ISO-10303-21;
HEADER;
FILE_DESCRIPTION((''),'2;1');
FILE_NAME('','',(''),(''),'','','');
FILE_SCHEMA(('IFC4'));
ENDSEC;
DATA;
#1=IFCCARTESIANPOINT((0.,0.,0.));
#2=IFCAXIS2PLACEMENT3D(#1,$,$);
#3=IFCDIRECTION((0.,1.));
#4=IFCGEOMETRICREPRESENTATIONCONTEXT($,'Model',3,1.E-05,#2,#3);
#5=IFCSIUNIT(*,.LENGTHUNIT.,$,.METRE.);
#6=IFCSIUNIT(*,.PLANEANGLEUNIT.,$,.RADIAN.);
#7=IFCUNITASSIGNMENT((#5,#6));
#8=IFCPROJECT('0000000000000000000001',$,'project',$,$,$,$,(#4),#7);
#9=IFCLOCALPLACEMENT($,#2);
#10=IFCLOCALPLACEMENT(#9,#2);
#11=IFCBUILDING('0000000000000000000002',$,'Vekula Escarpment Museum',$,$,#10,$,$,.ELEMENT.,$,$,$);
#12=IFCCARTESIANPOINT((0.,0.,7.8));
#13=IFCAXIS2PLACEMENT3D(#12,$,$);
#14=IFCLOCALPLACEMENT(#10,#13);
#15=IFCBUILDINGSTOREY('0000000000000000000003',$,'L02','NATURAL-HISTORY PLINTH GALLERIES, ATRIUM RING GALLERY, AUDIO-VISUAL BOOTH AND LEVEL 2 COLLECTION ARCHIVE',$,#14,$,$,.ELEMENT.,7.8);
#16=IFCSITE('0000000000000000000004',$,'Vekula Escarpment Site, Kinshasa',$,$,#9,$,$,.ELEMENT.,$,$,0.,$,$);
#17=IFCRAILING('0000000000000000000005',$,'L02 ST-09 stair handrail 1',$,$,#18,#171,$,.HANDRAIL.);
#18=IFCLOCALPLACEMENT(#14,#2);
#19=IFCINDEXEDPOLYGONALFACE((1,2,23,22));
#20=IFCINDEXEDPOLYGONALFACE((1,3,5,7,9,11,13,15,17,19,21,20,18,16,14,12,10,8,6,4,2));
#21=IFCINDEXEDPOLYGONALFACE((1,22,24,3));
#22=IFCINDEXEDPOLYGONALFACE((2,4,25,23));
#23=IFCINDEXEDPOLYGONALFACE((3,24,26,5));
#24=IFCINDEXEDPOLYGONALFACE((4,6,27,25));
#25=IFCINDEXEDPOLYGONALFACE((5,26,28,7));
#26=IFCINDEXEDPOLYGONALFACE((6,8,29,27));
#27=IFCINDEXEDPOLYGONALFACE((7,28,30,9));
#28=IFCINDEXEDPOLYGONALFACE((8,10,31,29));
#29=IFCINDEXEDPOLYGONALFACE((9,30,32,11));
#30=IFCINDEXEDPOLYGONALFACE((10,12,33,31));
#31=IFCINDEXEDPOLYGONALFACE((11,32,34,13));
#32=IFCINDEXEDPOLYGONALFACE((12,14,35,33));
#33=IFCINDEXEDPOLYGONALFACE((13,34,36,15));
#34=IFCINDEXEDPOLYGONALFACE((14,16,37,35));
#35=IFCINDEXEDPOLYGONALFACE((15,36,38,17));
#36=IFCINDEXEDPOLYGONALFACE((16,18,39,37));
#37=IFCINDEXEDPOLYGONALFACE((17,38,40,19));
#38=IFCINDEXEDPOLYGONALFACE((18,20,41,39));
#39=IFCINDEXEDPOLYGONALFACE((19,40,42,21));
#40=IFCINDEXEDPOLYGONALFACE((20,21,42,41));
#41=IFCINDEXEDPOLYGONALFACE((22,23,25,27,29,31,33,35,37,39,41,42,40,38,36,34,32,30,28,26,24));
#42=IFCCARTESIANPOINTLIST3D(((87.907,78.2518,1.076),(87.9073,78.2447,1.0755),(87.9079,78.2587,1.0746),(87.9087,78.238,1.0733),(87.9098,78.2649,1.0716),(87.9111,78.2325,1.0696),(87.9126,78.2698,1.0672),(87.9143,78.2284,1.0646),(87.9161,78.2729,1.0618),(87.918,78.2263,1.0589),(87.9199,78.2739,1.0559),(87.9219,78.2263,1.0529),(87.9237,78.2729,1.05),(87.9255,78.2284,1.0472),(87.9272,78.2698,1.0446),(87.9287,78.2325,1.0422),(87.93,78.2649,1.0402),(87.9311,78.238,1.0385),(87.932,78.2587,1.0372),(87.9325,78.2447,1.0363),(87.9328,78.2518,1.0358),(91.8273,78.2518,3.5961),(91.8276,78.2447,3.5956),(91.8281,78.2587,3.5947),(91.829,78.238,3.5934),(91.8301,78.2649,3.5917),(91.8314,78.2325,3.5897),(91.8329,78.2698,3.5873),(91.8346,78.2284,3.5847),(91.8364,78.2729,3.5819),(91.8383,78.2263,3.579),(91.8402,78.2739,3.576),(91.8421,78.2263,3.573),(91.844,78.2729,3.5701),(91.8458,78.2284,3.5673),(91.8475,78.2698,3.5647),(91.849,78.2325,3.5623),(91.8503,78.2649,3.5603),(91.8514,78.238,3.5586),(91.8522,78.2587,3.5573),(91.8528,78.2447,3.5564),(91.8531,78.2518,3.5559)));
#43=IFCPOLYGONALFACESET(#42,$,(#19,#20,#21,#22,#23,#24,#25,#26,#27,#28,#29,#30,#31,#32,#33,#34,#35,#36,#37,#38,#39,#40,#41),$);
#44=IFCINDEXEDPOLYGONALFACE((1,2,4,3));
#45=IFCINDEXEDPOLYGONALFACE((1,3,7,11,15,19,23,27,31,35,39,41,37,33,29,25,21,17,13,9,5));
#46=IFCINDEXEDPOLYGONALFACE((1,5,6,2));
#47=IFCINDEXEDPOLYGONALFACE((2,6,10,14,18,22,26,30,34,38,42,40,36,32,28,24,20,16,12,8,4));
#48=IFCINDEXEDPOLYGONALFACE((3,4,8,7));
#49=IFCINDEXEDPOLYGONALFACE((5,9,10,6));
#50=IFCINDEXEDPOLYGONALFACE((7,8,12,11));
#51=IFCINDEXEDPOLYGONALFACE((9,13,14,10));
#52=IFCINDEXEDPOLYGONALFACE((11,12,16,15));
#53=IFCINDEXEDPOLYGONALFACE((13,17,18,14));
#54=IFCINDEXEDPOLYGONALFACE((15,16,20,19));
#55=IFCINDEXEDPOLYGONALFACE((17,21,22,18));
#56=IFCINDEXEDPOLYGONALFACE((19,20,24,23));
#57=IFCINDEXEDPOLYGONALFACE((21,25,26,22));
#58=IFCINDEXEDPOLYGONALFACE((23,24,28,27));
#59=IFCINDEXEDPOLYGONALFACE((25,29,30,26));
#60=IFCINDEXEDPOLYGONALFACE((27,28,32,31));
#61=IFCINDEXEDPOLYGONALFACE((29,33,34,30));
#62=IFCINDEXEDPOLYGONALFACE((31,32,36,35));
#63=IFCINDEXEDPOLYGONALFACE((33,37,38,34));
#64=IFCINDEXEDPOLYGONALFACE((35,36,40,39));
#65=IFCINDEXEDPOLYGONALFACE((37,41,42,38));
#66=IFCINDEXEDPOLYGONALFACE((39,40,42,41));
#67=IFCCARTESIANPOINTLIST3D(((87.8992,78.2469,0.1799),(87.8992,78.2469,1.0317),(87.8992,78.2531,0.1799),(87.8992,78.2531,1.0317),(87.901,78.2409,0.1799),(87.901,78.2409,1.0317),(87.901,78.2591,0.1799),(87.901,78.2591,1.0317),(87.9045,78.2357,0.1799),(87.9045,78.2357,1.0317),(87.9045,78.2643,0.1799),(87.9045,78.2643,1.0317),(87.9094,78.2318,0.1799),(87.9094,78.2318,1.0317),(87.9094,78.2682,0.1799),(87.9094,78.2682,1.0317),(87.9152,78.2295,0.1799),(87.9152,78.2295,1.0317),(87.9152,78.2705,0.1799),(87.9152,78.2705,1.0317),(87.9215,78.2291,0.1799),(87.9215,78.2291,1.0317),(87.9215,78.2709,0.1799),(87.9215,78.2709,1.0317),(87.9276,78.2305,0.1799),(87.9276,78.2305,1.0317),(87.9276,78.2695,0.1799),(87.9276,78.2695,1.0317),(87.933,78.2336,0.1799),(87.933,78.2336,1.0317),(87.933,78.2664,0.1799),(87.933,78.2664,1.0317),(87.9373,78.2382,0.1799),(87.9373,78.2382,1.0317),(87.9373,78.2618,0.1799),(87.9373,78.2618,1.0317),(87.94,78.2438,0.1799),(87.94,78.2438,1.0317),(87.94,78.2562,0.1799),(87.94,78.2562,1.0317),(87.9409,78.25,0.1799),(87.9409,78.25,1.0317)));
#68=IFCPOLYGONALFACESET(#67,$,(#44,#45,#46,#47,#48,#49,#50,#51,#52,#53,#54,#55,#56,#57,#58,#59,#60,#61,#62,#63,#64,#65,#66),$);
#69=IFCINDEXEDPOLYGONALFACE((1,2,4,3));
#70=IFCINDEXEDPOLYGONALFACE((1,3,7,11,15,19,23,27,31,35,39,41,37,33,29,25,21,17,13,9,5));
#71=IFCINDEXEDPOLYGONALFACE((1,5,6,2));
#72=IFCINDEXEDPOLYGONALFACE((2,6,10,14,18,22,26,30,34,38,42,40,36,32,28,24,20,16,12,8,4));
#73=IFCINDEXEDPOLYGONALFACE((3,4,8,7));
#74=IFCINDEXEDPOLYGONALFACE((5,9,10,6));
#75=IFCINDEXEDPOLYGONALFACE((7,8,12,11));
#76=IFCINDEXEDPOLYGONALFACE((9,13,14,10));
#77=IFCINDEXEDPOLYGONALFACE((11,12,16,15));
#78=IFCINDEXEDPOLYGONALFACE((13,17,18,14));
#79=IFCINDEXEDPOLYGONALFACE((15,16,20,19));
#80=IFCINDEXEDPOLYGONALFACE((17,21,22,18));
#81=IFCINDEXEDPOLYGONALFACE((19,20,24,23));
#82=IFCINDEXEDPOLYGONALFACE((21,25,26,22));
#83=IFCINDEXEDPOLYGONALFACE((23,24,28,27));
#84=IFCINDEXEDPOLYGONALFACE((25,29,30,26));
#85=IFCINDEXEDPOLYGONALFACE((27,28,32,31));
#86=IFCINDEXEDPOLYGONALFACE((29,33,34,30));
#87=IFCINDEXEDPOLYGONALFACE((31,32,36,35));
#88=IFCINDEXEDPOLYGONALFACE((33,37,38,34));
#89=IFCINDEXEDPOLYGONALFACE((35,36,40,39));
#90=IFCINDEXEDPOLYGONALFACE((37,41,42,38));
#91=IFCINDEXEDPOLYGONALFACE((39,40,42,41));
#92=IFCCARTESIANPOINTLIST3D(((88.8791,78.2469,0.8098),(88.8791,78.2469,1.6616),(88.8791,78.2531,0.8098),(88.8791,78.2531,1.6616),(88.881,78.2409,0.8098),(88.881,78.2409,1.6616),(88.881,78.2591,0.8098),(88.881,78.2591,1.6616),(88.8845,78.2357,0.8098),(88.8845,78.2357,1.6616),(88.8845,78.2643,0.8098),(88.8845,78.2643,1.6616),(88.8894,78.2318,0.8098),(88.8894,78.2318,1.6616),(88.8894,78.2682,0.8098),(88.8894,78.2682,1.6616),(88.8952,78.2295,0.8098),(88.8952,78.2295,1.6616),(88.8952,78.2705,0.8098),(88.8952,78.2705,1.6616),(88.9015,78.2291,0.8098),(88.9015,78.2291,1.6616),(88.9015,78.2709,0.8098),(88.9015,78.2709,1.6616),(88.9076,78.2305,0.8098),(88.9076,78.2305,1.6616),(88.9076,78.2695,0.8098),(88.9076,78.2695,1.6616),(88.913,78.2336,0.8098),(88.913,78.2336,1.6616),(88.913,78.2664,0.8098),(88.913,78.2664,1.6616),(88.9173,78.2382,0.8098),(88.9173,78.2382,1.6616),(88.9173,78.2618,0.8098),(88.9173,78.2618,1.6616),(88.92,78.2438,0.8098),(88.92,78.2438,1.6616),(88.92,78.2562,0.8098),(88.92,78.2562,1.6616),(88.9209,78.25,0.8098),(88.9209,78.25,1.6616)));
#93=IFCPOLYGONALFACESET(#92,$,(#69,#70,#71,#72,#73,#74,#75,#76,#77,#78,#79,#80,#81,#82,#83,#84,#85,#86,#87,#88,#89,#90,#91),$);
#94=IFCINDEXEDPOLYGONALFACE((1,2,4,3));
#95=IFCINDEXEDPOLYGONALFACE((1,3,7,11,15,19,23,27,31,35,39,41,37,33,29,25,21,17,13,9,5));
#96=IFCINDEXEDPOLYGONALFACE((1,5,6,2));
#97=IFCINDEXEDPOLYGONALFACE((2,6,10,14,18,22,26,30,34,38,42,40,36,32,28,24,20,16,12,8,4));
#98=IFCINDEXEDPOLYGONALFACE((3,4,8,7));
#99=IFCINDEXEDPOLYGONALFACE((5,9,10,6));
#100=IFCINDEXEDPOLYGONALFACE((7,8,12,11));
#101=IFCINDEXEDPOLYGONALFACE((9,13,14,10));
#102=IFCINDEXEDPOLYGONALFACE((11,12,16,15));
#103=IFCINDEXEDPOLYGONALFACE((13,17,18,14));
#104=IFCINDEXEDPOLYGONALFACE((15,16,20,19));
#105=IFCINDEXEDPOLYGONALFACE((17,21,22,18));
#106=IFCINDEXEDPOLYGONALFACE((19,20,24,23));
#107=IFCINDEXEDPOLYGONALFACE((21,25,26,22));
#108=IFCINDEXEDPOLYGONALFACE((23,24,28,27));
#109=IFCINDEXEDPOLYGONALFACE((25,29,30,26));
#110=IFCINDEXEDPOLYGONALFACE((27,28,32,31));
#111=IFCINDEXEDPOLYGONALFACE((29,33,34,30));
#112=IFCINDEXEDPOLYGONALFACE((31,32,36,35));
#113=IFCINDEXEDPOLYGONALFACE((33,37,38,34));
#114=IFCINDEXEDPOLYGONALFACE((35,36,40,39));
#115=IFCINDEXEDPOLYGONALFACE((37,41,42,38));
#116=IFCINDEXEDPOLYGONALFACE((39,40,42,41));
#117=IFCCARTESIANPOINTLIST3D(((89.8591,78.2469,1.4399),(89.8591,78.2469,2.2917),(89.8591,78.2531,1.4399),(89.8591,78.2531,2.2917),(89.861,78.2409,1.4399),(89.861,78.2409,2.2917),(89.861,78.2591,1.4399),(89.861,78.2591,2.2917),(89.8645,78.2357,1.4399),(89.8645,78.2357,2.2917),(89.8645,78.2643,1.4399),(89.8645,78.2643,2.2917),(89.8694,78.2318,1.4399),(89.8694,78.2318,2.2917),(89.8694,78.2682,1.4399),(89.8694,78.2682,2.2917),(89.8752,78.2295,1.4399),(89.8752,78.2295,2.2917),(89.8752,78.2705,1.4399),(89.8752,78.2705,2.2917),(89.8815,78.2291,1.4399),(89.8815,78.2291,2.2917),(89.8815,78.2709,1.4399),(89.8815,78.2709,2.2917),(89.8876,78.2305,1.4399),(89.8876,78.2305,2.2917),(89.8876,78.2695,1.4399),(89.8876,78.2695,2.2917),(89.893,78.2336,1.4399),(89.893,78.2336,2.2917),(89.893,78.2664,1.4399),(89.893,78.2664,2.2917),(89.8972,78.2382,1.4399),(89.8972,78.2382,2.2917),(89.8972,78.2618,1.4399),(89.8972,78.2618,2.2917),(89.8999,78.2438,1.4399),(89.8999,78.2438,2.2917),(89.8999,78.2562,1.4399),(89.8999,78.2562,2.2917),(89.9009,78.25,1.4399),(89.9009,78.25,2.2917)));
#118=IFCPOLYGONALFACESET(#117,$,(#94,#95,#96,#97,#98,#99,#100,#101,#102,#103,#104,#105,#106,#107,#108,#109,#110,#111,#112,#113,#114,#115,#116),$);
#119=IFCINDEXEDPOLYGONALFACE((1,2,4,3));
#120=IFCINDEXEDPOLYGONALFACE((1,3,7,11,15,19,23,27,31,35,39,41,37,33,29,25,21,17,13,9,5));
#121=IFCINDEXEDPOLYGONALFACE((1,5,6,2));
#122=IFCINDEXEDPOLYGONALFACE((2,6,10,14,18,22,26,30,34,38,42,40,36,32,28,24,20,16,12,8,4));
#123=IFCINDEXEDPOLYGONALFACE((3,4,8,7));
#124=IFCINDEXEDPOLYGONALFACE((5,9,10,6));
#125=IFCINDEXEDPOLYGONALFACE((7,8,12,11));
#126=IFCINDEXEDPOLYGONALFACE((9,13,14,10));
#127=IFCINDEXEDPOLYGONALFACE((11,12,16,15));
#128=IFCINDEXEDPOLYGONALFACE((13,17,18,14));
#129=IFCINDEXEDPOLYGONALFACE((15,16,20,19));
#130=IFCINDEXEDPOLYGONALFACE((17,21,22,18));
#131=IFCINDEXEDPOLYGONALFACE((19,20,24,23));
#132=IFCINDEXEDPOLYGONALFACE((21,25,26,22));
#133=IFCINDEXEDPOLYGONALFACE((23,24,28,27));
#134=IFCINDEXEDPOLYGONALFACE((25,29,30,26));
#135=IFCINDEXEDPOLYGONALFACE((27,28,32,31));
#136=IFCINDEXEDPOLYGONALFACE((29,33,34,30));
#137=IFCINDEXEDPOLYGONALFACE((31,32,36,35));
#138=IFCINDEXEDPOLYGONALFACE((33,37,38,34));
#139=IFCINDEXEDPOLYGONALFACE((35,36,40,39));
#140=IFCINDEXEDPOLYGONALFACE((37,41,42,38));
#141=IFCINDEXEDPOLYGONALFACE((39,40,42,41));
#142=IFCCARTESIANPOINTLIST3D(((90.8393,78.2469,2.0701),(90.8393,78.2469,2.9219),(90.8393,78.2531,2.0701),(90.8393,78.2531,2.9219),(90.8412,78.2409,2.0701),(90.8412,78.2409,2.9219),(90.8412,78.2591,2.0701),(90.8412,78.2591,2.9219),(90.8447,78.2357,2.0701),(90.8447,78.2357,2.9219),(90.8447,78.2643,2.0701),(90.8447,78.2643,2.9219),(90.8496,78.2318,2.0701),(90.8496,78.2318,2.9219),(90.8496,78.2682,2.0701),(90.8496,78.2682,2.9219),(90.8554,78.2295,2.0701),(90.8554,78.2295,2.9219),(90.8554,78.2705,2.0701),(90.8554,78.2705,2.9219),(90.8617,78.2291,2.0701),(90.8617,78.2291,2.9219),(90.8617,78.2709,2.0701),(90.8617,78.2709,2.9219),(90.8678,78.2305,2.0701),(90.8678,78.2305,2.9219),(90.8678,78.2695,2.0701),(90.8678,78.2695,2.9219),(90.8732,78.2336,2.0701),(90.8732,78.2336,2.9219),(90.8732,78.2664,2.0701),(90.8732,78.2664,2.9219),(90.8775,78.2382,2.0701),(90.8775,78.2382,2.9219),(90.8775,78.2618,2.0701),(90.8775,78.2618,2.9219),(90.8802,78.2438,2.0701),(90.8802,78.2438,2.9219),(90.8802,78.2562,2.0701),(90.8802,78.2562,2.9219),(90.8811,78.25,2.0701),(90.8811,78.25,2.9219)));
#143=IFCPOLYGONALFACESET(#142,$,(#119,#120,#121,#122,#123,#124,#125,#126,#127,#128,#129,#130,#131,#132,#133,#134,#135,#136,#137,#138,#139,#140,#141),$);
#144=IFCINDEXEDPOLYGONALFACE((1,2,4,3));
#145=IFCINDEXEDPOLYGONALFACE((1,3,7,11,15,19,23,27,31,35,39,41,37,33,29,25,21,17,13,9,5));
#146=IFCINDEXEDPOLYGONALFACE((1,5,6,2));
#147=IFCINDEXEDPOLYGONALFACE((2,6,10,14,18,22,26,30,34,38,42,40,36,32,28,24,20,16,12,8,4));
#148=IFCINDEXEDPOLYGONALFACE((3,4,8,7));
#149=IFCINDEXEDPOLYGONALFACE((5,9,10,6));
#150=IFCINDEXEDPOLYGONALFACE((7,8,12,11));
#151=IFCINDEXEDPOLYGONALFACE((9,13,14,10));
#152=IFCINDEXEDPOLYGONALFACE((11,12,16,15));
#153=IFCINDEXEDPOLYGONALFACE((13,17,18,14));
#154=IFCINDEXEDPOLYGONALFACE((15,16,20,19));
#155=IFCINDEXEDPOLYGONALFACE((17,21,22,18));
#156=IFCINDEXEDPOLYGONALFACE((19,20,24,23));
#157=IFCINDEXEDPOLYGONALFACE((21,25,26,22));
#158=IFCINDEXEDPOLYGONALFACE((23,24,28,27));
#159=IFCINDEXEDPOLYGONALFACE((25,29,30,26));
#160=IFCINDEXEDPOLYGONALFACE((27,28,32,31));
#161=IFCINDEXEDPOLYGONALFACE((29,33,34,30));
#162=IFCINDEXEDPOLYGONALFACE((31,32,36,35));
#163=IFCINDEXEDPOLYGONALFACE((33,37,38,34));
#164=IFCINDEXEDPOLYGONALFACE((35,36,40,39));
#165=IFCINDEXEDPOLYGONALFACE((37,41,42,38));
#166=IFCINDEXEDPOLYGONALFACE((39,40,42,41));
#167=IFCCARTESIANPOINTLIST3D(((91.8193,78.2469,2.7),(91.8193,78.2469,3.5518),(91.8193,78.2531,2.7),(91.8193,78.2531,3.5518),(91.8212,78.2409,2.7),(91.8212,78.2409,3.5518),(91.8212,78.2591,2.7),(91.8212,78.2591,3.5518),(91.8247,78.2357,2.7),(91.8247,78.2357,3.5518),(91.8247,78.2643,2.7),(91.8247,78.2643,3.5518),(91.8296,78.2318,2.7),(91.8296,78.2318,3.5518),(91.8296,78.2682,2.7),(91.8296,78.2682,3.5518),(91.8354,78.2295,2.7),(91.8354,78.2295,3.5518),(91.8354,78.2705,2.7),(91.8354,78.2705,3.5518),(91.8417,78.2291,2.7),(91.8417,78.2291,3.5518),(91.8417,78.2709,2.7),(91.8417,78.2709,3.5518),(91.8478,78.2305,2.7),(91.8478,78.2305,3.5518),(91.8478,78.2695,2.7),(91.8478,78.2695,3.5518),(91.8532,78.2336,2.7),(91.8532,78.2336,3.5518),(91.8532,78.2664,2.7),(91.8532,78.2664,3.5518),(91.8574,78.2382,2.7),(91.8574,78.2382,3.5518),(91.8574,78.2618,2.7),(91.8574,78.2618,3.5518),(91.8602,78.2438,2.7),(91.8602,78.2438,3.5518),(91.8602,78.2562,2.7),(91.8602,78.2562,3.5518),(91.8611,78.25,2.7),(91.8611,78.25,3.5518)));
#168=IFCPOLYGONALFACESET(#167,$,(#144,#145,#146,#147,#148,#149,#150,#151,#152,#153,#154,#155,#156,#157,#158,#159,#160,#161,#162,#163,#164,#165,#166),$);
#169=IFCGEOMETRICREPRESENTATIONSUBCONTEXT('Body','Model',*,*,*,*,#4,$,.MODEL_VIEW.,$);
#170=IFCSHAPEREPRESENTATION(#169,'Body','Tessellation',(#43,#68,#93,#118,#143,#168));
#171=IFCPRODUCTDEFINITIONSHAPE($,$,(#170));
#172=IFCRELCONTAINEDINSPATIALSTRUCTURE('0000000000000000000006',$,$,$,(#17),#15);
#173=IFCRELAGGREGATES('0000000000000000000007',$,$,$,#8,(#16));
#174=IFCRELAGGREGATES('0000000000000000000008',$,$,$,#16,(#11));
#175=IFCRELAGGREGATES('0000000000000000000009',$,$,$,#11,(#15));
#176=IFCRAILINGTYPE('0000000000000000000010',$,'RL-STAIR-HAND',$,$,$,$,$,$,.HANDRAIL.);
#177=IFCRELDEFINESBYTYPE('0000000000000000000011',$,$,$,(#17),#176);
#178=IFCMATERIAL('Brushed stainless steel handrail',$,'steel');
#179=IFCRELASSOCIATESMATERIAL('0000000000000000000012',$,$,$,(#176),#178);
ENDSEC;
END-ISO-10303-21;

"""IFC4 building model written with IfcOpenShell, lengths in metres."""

from ifc_helpers import new_model, si_unit, direction, frame, origin, origin_2d, place, context, subcontext, project, spatial, circle, extrude, material, type_object, element, save


model = new_model("IFC4")

# Units and contexts
model_context = context("Model", 3, precision=1e-05, world=origin(), true_north=direction((0.0, 1.0)))
body_context = subcontext(model_context, "Body", "Model", "MODEL_VIEW")
ifc_project = project(units=[si_unit("LENGTHUNIT", "METRE"), si_unit("PLANEANGLEUNIT", "RADIAN")], contexts=[model_context])

# Site, building, storey
site_placement = place(None, origin())
site = spatial("IfcSite", under=ifc_project, at=site_placement, Name="Vekula Escarpment Site, Kinshasa", CompositionType="ELEMENT", RefElevation=0.0)
building_placement = place(site_placement, origin())
building = spatial("IfcBuilding", under=site, at=building_placement, Name="Vekula Escarpment Museum", CompositionType="ELEMENT")
storey_placement = place(building_placement, frame((0.0, 0.0, 7.8)))
storey = spatial("IfcBuildingStorey", under=building, at=storey_placement, Name="L02", Description="NATURAL-HISTORY PLINTH GALLERIES, ATRIUM RING GALLERY, AUDIO-VISUAL BOOTH AND LEVEL 2 COLLECTION ARCHIVE", CompositionType="ELEMENT", Elevation=7.8)

# Railing
ifc_material_1 = material(Name="Brushed stainless steel handrail", Category="steel")
railing_type_1 = type_object("IfcRailingType", Name="RL-STAIR-HAND", PredefinedType="HANDRAIL", material=ifc_material_1)
railing_1_placement = place(storey_placement, frame((87.9199, 78.25, 0.1799)))
element("IfcRailing", 1, at=railing_1_placement, inside=storey, type_object=railing_type_1, Name="L02 ST-09 stair handrail 1", PredefinedType="HANDRAIL", context=body_context, shape_type="SweptSolid", body=[
    extrude(circle(Radius=0.0239, at=origin_2d()), frame((0.0, 0.0, 0.876), z_axis=(0.841187, 0.0, 0.540744), x_axis=(0.0, 1.0, 0.0)), (0.0, 0.0, 1.0), 4.6604),
    extrude(circle(Radius=0.021, at=origin_2d()), origin(), (0.0, 0.0, 1.0), 0.8518),
    extrude(circle(Radius=0.021, at=origin_2d()), frame((0.98, 0.0, 0.6299)), (0.0, 0.0, 1.0), 0.8518),
    extrude(circle(Radius=0.021, at=origin_2d()), frame((1.96, 0.0, 1.26)), (0.0, 0.0, 1.0), 0.8518),
    extrude(circle(Radius=0.021, at=origin_2d()), frame((2.9402, 0.0, 1.8901)), (0.0, 0.0, 1.0), 0.8518),
    extrude(circle(Radius=0.021, at=origin_2d()), frame((3.9202, 0.0, 2.52)), (0.0, 0.0, 1.0), 0.8518),
])

save(model, "model.ifc")
